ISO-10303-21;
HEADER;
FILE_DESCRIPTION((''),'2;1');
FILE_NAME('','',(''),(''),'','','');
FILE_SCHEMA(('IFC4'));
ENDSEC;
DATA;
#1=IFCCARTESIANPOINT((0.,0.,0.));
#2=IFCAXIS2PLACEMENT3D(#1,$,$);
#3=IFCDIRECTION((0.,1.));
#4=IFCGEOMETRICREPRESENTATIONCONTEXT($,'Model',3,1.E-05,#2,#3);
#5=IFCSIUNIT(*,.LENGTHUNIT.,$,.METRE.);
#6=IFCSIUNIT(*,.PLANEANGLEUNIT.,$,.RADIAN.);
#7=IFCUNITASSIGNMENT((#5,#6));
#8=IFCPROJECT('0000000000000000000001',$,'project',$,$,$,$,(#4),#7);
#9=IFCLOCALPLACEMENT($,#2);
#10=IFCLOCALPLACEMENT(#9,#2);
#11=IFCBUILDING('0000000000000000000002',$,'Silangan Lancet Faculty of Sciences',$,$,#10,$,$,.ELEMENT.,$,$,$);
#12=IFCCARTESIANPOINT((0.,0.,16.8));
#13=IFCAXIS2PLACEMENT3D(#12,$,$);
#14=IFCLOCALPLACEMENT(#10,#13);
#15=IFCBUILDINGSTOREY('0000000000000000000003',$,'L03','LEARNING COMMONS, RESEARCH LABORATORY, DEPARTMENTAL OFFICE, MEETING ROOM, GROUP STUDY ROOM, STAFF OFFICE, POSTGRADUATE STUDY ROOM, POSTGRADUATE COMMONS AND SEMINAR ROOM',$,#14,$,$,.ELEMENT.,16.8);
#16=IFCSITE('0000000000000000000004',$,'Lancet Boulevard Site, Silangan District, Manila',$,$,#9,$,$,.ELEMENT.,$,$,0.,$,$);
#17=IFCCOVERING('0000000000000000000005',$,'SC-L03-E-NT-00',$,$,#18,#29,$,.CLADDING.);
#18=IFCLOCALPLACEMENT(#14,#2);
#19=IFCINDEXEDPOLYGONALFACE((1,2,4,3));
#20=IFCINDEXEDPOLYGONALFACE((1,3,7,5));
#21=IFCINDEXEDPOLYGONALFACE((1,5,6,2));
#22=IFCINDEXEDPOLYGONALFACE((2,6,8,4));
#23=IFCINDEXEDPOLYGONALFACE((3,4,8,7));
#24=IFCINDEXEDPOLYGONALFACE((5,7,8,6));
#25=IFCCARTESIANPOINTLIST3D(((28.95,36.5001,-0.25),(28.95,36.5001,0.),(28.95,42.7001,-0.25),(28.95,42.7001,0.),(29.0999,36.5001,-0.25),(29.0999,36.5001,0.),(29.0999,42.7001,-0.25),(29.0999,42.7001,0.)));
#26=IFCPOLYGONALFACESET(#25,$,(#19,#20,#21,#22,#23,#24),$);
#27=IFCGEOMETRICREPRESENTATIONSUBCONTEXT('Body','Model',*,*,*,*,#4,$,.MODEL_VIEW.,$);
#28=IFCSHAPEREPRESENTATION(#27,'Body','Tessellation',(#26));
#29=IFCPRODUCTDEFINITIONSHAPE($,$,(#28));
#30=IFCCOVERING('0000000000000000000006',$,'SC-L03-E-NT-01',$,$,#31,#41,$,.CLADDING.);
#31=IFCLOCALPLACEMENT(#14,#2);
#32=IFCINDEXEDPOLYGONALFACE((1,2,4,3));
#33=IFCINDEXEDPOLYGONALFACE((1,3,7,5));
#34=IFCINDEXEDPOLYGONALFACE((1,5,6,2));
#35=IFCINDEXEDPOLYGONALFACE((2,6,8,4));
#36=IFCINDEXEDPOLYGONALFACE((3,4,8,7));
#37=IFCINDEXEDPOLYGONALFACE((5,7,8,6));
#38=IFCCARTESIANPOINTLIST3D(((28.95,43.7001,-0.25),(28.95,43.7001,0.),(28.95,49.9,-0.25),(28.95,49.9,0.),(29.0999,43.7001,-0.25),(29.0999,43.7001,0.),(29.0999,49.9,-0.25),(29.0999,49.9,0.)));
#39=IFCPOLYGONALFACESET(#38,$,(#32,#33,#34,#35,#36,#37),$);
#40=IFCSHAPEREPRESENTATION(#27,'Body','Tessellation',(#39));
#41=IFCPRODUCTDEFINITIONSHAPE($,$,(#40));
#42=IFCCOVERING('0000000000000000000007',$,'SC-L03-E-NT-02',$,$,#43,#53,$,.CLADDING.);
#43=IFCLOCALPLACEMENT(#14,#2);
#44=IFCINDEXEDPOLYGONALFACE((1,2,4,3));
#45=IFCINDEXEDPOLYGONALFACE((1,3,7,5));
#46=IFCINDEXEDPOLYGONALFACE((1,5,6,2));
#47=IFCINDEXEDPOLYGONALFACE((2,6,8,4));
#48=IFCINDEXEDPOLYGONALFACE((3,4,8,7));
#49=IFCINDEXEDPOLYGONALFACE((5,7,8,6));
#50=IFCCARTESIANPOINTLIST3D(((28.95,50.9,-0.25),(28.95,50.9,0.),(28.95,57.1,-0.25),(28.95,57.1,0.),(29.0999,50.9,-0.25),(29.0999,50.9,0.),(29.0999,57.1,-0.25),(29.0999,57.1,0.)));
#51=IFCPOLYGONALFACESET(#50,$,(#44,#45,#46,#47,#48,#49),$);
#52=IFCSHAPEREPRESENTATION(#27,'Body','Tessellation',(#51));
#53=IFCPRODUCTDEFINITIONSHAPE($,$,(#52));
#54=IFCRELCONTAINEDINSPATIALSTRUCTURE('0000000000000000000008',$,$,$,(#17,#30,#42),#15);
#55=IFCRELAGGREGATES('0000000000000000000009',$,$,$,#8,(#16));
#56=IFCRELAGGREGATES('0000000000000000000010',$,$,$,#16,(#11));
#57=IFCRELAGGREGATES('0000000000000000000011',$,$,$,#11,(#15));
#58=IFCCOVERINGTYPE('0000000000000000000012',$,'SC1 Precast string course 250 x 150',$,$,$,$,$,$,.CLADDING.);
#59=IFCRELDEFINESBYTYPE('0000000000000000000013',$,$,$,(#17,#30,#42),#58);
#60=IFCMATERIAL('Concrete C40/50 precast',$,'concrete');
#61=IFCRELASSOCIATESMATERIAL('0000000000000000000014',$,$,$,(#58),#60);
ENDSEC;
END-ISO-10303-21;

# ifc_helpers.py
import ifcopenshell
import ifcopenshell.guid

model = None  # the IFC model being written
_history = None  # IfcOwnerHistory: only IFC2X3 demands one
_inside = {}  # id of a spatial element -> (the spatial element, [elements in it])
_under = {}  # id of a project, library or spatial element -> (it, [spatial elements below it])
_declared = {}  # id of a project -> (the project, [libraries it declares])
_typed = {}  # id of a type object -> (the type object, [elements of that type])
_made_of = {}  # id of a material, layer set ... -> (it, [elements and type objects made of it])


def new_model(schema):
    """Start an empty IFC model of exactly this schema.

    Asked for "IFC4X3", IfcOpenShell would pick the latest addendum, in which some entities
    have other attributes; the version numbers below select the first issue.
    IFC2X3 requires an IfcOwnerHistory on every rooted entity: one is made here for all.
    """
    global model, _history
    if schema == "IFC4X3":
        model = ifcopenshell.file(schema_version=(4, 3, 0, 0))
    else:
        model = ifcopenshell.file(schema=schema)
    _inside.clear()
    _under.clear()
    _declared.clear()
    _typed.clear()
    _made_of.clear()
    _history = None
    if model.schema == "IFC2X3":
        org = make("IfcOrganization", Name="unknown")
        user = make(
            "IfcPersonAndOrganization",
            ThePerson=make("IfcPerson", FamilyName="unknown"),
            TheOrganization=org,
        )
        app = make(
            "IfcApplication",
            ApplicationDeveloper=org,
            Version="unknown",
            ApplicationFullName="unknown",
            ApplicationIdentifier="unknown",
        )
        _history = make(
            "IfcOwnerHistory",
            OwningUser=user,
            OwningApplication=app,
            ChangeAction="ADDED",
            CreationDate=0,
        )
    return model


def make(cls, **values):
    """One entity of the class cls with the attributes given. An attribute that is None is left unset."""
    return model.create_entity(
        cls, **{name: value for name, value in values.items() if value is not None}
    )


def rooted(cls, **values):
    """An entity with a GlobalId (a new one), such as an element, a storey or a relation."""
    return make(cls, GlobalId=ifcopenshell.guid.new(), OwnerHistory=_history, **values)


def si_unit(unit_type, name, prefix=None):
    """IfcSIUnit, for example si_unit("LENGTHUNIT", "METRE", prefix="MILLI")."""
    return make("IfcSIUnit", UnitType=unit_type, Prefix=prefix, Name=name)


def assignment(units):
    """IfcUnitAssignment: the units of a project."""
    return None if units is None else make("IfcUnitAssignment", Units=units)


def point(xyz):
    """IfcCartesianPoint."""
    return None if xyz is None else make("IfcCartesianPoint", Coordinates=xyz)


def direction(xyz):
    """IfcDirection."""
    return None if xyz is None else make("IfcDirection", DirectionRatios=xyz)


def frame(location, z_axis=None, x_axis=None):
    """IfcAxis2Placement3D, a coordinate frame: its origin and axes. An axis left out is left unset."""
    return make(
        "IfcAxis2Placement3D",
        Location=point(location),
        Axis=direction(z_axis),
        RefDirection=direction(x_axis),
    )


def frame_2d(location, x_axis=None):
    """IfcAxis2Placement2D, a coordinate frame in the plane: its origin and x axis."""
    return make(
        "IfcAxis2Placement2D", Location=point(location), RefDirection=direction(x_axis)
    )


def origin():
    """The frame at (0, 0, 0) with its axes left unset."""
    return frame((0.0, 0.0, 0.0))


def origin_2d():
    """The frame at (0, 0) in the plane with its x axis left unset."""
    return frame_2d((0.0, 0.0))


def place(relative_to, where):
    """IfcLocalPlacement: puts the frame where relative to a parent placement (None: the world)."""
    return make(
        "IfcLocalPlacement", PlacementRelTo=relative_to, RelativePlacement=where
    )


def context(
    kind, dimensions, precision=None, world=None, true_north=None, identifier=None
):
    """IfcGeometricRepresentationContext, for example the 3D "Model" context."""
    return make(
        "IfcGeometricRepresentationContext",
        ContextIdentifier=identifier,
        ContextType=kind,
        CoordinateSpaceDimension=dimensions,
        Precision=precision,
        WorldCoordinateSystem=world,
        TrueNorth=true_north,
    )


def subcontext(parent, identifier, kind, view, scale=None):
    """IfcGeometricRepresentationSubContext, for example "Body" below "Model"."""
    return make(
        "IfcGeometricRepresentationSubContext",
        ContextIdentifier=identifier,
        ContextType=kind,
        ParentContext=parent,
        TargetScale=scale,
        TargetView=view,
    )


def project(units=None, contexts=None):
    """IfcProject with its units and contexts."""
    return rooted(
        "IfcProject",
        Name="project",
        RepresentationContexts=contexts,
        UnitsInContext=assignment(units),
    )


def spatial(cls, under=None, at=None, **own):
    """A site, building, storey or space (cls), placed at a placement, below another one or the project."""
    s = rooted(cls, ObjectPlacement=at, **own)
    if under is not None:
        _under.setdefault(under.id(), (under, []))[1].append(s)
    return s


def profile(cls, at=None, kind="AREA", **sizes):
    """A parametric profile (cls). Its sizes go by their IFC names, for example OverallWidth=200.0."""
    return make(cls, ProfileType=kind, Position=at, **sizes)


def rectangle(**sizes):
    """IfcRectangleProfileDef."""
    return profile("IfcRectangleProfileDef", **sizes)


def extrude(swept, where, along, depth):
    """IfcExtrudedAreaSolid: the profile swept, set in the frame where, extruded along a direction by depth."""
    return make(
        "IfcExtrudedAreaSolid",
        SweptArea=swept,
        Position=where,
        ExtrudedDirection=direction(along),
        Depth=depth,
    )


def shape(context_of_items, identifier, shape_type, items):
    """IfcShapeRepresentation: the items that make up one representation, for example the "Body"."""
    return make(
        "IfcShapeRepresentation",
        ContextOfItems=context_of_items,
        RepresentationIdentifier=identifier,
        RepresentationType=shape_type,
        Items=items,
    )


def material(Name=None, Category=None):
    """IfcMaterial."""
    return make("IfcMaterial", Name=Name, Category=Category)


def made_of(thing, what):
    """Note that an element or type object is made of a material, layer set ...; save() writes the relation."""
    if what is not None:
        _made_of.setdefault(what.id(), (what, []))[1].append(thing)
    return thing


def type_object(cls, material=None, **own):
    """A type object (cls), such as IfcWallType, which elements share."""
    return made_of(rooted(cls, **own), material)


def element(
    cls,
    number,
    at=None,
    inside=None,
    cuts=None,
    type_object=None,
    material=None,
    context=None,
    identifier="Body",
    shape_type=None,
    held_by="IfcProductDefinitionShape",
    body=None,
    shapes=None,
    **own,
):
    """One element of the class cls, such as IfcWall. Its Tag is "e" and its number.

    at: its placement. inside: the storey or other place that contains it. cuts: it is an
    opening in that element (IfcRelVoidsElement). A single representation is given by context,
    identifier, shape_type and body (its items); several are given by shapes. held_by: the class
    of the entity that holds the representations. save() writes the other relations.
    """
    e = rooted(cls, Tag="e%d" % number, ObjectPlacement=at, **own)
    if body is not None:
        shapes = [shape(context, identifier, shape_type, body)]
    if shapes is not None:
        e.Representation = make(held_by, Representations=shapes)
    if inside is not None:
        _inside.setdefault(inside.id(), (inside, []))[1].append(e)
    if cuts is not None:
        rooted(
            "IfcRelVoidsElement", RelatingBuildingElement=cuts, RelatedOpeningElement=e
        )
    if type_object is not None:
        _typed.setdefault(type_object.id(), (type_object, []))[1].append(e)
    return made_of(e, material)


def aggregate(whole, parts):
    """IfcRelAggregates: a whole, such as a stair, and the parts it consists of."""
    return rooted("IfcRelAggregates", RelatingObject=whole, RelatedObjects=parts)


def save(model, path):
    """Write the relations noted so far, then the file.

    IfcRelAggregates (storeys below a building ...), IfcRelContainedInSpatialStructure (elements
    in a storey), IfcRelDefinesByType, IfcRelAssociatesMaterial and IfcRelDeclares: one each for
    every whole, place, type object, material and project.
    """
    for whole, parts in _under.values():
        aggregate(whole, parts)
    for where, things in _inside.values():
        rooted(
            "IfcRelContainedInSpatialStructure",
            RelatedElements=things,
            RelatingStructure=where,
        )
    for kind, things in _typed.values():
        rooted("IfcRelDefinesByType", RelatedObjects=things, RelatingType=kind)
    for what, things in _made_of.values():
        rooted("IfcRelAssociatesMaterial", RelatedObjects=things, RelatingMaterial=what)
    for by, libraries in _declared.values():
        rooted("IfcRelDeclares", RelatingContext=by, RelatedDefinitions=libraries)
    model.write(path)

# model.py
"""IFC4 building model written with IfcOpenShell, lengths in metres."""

from ifc_helpers import new_model, si_unit, direction, frame, origin, origin_2d, place, context, subcontext, project, spatial, rectangle, extrude, material, type_object, element, save


model = new_model("IFC4")

# Units and contexts
model_context = context("Model", 3, precision=1e-05, world=origin(), true_north=direction((0.0, 1.0)))
body_context = subcontext(model_context, "Body", "Model", "MODEL_VIEW")
ifc_project = project(units=[si_unit("LENGTHUNIT", "METRE"), si_unit("PLANEANGLEUNIT", "RADIAN")], contexts=[model_context])

# Site, building, storey
site_placement = place(None, origin())
site = spatial("IfcSite", under=ifc_project, at=site_placement, Name="Lancet Boulevard Site, Silangan District, Manila", CompositionType="ELEMENT", RefElevation=0.0)
building_placement = place(site_placement, origin())
building = spatial("IfcBuilding", under=site, at=building_placement, Name="Silangan Lancet Faculty of Sciences", CompositionType="ELEMENT")
storey_placement = place(building_placement, frame((0.0, 0.0, 16.8)))
storey = spatial("IfcBuildingStorey", under=building, at=storey_placement, Name="L03", Description="LEARNING COMMONS, RESEARCH LABORATORY, DEPARTMENTAL OFFICE, MEETING ROOM, GROUP STUDY ROOM, STAFF OFFICE, POSTGRADUATE STUDY ROOM, POSTGRADUATE COMMONS AND SEMINAR ROOM", CompositionType="ELEMENT", Elevation=16.8)

# Coverings
ifc_material_1 = material(Name="Concrete C40/50 precast", Category="concrete")
covering_type = type_object("IfcCoveringType", Name="SC1 Precast string course 250 x 150", PredefinedType="CLADDING", material=ifc_material_1)
for number, where, z_axis, x_axis, name in (
    (1, (29.0249, 39.6001, -0.25), (0.0, 0.0, 1.0), (1.0, 0.0, 0.0), "SC-L03-E-NT-00"),
    (2, (29.0249, 46.8, -0.25), (0.0, 0.0, 1.0), (1.0, 0.0, 0.0), "SC-L03-E-NT-01"),
    (3, (29.0249, 54.0, -0.25), (0.0, 0.0, 1.0), (1.0, 0.0, 0.0), "SC-L03-E-NT-02"),
):
    element("IfcCovering", number, at=place(storey_placement, frame(where, z_axis=z_axis, x_axis=x_axis)), inside=storey, type_object=covering_type, Name=name, PredefinedType="CLADDING", context=body_context, shape_type="SweptSolid", body=[
        extrude(rectangle(XDim=0.1499, YDim=6.2, at=origin_2d()), origin(), (0.0, 0.0, 1.0), 0.25),
    ])

save(model, "model.ifc")
